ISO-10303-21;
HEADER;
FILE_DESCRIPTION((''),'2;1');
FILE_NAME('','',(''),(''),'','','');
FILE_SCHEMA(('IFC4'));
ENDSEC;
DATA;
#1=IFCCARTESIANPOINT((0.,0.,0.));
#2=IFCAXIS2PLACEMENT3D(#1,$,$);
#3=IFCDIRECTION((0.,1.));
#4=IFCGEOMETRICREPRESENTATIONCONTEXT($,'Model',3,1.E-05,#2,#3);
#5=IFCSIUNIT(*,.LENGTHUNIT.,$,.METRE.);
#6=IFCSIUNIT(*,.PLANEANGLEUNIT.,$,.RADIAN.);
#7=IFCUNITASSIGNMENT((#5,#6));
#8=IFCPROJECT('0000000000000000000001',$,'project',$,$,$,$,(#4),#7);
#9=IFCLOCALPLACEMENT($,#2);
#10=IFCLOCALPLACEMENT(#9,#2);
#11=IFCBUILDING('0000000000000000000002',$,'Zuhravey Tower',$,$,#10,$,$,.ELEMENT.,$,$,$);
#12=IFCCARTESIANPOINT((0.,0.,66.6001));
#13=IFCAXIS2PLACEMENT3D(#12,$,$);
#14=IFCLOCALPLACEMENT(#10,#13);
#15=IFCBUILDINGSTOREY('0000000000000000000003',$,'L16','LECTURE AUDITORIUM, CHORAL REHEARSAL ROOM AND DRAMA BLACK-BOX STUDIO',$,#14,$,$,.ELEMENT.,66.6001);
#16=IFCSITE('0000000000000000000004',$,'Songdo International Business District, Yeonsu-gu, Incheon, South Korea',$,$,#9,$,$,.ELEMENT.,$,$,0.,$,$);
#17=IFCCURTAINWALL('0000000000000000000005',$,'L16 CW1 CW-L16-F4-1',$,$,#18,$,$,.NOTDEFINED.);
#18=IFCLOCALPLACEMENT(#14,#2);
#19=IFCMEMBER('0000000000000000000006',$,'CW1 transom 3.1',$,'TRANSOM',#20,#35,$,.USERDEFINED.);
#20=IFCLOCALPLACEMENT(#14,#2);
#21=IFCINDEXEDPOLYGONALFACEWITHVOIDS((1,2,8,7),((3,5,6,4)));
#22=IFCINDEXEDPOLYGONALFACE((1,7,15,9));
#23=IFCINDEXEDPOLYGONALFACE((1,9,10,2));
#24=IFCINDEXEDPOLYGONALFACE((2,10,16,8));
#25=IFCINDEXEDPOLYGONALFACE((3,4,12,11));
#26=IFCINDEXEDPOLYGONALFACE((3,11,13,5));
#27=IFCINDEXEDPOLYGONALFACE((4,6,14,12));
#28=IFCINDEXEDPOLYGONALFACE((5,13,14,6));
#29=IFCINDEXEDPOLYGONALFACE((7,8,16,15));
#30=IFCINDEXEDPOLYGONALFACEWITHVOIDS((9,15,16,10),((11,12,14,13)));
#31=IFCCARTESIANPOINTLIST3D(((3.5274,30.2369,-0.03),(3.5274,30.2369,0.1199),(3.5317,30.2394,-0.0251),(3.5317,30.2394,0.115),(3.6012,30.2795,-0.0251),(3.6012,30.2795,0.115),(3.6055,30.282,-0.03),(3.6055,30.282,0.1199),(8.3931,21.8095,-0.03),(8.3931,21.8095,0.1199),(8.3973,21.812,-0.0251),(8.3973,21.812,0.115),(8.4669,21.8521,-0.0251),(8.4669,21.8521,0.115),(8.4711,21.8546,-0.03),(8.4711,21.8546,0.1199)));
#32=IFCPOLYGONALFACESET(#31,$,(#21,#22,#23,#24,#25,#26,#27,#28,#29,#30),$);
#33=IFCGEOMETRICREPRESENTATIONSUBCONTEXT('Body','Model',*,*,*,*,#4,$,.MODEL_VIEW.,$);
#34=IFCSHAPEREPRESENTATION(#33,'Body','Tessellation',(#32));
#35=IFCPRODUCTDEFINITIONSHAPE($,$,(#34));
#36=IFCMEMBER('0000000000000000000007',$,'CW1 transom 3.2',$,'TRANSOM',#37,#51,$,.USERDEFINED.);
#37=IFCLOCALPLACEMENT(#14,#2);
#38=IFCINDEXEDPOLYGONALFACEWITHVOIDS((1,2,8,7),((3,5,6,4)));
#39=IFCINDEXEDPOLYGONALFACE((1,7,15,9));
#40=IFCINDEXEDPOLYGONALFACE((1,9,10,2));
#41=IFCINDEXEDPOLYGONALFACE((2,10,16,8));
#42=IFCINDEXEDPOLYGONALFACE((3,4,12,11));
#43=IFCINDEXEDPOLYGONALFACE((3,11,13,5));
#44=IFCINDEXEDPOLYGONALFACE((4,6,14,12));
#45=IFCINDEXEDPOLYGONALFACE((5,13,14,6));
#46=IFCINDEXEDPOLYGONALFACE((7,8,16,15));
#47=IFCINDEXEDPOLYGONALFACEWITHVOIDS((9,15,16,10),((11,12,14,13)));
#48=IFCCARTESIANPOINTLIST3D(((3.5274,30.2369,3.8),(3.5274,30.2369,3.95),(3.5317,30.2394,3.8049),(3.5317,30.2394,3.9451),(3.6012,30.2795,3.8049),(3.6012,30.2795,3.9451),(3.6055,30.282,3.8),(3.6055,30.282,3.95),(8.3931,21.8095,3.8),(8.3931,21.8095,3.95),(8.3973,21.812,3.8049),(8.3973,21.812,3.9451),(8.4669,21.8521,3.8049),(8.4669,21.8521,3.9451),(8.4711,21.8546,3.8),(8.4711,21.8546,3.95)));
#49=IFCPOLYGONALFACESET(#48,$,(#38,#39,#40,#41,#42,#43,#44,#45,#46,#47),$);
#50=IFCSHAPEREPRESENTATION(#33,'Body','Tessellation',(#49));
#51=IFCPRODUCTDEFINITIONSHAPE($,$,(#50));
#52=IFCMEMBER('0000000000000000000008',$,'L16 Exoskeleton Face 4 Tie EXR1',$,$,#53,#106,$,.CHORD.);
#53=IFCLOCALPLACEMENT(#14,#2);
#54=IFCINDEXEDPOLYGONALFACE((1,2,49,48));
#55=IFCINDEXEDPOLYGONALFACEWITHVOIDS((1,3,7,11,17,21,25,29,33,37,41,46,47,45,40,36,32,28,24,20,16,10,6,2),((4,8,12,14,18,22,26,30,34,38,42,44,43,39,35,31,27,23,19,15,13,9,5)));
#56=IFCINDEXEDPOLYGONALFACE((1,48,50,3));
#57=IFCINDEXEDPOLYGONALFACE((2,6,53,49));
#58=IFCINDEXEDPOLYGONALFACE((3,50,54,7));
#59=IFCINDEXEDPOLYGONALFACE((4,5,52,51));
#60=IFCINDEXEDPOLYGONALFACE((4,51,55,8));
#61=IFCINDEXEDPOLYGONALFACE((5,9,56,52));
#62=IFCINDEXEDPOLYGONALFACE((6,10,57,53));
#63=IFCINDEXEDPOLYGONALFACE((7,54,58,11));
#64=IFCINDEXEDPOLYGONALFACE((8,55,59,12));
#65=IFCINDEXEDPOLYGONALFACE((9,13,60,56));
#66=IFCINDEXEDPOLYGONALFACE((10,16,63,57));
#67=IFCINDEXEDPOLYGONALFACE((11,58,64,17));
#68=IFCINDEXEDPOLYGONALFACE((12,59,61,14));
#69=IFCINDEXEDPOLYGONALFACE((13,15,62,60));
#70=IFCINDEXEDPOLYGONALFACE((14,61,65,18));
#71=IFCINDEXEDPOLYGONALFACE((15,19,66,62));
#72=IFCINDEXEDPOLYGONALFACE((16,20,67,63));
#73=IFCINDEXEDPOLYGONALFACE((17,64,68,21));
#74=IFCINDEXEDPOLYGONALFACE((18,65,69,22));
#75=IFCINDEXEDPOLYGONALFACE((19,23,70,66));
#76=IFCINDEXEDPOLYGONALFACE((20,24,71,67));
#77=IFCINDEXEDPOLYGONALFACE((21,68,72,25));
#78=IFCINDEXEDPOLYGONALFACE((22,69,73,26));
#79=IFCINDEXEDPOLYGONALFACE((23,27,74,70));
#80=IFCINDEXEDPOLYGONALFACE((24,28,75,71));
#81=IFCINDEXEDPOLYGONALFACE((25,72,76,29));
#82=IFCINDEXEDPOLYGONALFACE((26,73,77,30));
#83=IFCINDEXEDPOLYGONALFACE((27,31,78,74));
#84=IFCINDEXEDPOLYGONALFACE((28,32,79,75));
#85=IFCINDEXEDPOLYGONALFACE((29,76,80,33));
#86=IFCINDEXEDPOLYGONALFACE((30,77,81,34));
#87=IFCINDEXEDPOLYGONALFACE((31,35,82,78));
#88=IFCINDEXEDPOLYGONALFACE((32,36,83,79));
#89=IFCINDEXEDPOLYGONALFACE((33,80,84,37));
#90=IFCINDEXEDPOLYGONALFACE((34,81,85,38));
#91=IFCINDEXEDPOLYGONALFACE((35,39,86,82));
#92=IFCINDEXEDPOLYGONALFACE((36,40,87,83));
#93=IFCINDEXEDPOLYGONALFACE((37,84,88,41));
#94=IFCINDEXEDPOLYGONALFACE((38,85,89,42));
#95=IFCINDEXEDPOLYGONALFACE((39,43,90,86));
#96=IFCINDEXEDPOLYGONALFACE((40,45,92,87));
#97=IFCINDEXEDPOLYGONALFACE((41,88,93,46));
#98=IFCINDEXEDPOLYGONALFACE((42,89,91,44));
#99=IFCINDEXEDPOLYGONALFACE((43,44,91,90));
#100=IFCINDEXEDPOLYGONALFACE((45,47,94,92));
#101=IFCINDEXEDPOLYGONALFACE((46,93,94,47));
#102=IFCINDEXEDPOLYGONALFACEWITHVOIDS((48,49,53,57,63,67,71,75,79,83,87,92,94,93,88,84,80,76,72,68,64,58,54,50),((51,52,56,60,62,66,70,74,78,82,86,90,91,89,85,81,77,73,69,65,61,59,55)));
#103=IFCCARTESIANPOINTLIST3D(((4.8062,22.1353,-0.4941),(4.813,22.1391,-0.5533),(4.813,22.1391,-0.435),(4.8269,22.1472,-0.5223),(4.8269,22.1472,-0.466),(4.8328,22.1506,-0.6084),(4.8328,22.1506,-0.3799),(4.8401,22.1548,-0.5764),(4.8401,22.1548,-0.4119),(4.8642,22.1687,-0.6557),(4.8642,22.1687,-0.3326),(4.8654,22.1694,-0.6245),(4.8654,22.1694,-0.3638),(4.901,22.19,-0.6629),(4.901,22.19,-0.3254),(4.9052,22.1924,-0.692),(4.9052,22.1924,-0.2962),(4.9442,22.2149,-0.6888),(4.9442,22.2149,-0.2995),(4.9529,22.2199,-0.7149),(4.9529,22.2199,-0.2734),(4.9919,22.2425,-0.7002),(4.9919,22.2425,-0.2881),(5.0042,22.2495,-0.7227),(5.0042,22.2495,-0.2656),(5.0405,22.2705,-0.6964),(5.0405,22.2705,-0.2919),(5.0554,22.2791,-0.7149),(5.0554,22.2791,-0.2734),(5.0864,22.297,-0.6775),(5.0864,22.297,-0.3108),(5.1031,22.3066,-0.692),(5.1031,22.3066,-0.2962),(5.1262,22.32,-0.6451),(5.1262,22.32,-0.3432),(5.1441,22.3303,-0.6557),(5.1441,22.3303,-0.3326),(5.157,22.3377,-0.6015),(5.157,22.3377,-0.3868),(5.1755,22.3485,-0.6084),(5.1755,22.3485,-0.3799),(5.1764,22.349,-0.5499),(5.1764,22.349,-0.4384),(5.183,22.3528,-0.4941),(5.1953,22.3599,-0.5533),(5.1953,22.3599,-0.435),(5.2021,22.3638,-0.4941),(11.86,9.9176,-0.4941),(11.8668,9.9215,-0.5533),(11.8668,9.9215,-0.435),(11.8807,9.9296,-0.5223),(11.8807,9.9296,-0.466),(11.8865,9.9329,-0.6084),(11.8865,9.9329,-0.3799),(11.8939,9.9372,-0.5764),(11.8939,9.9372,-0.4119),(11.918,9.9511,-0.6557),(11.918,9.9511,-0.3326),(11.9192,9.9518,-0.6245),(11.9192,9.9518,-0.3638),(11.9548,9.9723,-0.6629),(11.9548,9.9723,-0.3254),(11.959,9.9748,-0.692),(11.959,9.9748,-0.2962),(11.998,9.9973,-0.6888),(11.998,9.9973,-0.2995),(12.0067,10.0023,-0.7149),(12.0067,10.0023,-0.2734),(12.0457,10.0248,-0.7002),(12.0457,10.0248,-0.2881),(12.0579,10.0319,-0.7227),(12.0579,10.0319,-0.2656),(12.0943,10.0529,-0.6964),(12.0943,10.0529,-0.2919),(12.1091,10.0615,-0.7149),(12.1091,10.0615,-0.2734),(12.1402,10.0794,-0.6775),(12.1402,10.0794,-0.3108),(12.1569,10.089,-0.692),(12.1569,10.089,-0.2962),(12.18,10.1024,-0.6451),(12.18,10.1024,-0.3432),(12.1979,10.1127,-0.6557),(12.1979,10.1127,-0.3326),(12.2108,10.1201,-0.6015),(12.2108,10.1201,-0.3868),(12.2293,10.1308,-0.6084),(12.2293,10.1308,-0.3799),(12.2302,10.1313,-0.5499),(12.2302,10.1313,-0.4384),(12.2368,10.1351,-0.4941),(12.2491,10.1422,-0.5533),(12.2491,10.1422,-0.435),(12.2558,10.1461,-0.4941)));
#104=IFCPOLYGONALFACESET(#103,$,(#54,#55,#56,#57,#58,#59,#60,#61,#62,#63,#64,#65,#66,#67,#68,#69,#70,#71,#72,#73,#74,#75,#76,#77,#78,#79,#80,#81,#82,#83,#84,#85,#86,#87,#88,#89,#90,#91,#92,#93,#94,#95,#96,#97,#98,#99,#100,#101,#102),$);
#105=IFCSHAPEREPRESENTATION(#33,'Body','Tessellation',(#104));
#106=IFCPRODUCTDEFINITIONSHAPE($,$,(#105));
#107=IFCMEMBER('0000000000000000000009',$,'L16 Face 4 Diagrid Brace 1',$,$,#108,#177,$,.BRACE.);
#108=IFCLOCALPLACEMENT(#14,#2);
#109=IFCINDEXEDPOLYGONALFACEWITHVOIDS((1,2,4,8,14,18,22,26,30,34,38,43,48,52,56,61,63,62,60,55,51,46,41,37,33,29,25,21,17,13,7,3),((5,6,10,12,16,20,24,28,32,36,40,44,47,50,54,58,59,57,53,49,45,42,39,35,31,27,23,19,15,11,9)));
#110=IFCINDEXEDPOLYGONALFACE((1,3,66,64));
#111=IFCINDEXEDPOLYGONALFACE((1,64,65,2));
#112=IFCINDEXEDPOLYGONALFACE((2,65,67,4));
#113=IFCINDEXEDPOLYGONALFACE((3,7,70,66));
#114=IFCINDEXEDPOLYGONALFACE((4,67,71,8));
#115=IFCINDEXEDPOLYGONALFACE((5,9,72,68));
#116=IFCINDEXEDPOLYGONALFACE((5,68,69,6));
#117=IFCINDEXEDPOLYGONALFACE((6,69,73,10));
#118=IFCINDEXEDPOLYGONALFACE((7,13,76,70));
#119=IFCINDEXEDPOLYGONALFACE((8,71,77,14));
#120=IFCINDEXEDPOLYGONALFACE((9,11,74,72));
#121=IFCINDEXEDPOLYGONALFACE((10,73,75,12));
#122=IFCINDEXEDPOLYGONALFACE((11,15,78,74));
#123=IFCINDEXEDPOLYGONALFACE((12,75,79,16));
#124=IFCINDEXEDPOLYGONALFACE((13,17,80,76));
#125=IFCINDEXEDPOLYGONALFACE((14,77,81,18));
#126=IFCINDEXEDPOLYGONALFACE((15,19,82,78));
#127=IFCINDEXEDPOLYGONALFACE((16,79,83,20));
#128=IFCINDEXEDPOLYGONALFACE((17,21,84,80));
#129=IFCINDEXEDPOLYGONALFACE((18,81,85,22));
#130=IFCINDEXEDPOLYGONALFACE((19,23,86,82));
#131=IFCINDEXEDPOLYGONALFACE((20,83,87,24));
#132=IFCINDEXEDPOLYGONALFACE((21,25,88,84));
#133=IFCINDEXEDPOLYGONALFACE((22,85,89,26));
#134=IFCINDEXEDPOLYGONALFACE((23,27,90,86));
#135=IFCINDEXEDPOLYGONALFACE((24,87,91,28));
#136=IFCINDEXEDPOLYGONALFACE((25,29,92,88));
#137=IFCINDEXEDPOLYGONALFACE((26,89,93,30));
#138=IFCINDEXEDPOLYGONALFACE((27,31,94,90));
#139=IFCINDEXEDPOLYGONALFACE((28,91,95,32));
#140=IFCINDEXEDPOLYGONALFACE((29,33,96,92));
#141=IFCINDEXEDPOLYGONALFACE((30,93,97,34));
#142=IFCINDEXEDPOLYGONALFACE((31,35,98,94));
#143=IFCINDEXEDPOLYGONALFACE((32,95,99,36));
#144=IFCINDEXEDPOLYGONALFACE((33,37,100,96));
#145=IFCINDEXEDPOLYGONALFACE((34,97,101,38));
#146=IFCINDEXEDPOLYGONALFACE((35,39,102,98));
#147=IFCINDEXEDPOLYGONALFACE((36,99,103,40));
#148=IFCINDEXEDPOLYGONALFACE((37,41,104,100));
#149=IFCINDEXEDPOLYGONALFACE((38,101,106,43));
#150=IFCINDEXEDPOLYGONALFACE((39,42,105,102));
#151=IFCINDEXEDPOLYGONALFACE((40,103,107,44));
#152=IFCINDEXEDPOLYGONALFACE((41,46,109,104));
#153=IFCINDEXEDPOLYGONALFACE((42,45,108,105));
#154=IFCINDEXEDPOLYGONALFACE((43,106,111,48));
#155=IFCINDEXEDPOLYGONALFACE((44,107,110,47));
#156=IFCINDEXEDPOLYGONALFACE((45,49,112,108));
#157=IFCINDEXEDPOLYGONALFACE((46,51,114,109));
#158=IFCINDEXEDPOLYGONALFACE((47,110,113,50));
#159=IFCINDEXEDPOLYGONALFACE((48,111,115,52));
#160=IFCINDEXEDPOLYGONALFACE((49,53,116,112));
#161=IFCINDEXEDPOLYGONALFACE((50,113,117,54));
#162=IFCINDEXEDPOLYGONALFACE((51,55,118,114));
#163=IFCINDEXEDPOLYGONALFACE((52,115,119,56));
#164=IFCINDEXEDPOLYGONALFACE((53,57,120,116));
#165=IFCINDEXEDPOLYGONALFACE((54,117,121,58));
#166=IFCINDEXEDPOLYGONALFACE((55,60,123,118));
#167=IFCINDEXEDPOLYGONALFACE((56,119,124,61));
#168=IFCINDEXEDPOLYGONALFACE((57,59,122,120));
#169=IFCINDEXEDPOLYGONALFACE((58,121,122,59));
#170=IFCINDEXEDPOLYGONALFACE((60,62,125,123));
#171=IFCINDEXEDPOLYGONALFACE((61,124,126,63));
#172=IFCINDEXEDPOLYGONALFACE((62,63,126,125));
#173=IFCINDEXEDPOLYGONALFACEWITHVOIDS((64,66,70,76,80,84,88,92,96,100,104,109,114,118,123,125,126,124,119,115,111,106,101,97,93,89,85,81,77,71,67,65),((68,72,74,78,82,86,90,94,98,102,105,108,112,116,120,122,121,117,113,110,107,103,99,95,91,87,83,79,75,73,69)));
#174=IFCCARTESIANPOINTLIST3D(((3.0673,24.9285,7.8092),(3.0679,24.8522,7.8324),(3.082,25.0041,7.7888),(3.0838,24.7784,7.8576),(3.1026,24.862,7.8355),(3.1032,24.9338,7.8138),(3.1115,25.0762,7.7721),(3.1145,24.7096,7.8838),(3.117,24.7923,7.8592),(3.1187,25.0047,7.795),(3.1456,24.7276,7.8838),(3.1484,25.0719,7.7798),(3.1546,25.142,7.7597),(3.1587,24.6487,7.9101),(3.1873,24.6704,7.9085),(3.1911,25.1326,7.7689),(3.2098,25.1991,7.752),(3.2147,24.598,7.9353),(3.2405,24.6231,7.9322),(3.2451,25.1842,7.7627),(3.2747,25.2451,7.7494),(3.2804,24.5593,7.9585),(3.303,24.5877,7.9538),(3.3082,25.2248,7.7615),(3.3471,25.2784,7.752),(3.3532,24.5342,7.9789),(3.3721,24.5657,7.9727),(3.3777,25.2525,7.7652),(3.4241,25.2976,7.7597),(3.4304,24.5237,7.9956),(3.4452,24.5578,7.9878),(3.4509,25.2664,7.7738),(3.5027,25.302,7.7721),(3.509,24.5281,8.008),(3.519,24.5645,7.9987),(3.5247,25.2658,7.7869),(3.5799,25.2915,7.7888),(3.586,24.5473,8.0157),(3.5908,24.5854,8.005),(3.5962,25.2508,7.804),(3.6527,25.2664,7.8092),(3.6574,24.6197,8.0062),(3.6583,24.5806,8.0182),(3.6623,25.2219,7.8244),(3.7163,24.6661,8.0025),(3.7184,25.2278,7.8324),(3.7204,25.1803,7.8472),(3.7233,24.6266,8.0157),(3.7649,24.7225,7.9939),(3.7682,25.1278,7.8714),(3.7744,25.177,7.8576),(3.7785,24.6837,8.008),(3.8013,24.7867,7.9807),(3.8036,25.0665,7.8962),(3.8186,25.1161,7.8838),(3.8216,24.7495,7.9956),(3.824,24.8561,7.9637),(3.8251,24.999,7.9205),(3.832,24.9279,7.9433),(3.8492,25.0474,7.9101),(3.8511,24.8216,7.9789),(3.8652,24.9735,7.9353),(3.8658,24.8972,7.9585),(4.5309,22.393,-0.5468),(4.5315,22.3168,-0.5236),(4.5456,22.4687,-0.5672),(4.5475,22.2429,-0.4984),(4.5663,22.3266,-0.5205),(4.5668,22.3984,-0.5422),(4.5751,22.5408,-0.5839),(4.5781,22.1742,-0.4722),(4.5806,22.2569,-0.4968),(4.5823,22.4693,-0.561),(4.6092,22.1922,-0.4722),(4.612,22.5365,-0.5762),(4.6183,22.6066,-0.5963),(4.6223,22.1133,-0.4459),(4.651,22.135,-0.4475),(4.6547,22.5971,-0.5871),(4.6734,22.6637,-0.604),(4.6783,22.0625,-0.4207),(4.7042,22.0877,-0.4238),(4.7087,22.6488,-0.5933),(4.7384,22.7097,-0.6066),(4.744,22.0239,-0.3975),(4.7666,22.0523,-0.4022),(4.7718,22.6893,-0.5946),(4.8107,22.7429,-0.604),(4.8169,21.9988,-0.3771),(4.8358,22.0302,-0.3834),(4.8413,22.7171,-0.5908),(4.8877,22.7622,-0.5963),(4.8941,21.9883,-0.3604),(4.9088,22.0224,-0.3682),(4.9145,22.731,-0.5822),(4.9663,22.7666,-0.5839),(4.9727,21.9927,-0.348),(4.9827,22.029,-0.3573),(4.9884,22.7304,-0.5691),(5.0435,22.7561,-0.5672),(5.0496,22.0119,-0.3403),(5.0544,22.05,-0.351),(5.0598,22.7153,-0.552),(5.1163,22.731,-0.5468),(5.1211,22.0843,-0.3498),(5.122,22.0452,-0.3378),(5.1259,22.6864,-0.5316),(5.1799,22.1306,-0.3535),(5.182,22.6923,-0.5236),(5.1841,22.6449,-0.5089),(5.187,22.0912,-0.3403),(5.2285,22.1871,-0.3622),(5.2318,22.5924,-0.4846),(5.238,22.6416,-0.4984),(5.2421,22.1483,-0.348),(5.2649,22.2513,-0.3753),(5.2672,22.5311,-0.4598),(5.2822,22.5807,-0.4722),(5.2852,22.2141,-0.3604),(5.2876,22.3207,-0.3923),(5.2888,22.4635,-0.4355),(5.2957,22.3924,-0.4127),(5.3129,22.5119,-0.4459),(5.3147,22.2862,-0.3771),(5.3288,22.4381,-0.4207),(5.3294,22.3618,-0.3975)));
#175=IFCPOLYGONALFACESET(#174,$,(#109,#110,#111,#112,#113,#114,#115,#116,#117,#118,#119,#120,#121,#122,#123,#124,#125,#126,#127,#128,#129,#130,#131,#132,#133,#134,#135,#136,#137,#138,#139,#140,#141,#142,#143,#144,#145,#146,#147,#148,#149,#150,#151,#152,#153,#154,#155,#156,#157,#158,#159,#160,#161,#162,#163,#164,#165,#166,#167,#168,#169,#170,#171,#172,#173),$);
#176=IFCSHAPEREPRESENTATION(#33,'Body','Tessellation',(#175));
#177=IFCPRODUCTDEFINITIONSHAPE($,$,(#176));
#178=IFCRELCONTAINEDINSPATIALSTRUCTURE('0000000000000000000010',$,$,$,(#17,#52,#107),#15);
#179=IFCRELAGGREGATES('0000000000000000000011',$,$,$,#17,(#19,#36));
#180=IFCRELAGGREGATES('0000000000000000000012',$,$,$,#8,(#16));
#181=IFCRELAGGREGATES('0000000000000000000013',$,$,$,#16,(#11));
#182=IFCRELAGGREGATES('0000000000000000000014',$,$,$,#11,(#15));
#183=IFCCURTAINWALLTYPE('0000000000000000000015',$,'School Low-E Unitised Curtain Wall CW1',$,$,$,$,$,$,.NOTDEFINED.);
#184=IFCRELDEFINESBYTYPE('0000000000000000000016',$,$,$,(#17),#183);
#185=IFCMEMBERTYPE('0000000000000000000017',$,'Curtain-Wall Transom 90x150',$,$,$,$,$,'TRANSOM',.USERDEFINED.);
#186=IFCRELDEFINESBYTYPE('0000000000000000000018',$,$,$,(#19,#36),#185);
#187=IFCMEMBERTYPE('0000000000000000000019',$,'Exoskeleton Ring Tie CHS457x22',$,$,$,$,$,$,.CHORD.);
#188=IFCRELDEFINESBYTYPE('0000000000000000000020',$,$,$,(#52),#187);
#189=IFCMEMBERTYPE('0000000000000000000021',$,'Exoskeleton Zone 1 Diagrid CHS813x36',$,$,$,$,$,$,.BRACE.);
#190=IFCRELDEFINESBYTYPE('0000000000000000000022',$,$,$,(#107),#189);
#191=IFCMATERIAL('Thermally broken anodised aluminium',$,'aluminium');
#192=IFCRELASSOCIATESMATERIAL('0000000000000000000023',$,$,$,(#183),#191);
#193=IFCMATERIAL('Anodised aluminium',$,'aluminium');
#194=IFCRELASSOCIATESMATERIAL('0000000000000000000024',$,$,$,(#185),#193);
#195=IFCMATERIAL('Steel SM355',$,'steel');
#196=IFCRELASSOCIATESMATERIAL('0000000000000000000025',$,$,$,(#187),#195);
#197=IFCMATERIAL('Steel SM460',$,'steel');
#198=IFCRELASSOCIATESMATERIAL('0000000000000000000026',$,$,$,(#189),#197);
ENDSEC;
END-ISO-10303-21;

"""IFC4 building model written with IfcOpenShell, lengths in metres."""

from ifc_helpers import new_model, si_unit, direction, frame, origin, origin_2d, place, context, subcontext, project, spatial, hollow_rectangle, hollow_circle, extrude, material, material_profile, profile_set, type_object, element, aggregate, save


model = new_model("IFC4")

# Units and contexts
model_context = context("Model", 3, precision=1e-05, world=origin(), true_north=direction((0.0, 1.0)))
body_context = subcontext(model_context, "Body", "Model", "MODEL_VIEW")
ifc_project = project(units=[si_unit("LENGTHUNIT", "METRE"), si_unit("PLANEANGLEUNIT", "RADIAN")], contexts=[model_context])

# Site, building, storey
site_placement = place(None, origin())
site = spatial("IfcSite", under=ifc_project, at=site_placement, Name="Songdo International Business District, Yeonsu-gu, Incheon, South Korea", CompositionType="ELEMENT", RefElevation=0.0)
building_placement = place(site_placement, origin())
building = spatial("IfcBuilding", under=site, at=building_placement, Name="Zuhravey Tower", CompositionType="ELEMENT")
storey_placement = place(building_placement, frame((0.0, 0.0, 66.6001)))
storey = spatial("IfcBuildingStorey", under=building, at=storey_placement, Name="L16", Description="LECTURE AUDITORIUM, CHORAL REHEARSAL ROOM AND DRAMA BLACK-BOX STUDIO", CompositionType="ELEMENT", Elevation=66.6001)

# Shared definitions
ifc_material_1 = material(Name="Thermally broken anodised aluminium", Category="aluminium")
curtain_wall_type = type_object("IfcCurtainWallType", Name="School Low-E Unitised Curtain Wall CW1", PredefinedType="NOTDEFINED", material=ifc_material_1)
ifc_material_2 = material(Name="Anodised aluminium", Category="aluminium")

# Curtain wall, members
curtain_wall_1_placement = place(storey_placement, origin())
curtain_wall_1 = element("IfcCurtainWall", 1, at=curtain_wall_1_placement, inside=storey, type_object=curtain_wall_type, Name="L16 CW1 CW-L16-F4-1", PredefinedType="NOTDEFINED")
ifc_material_profile_1 = material_profile(ifc_material_2, hollow_rectangle(XDim=0.0901, YDim=0.1499, WallThickness=0.0049, at=origin_2d()), Name="ALU-RHS-90x150x5")
ifc_profile_set_1 = profile_set([ifc_material_profile_1], Name="Anodised aluminium")
member_type_1 = type_object("IfcMemberType", Name="Curtain-Wall Transom 90x150", ElementType="TRANSOM", PredefinedType="USERDEFINED", material=ifc_profile_set_1)
member_1_placement = place(storey_placement, frame((8.4321, 21.832, 0.0449), z_axis=(-0.500008, 0.866021, 0.0), x_axis=(-0.866021, -0.500008, 0.0)))
member_1 = element("IfcMember", 2, at=member_1_placement, type_object=member_type_1, Name="CW1 transom 3.1", ObjectType="TRANSOM", PredefinedType="USERDEFINED", context=body_context, shape_type="SweptSolid", body=[
    extrude(hollow_rectangle(XDim=0.0901, YDim=0.1499, WallThickness=0.0049, at=origin_2d()), origin(), (0.0, 0.0, 1.0), 9.7312),
])
member_2_placement = place(storey_placement, frame((8.4321, 21.832, 3.875), z_axis=(-0.500008, 0.866021, 0.0), x_axis=(-0.866021, -0.500008, 0.0)))
member_2 = element("IfcMember", 3, at=member_2_placement, type_object=member_type_1, Name="CW1 transom 3.2", ObjectType="TRANSOM", PredefinedType="USERDEFINED", context=body_context, shape_type="SweptSolid", body=[
    extrude(hollow_rectangle(XDim=0.0901, YDim=0.1499, WallThickness=0.0049, at=origin_2d()), origin(), (0.0, 0.0, 1.0), 9.7312),
])

# Members
ifc_material_3 = material(Name="Steel SM355", Category="steel")
ifc_material_profile_2 = material_profile(ifc_material_3, hollow_circle(Radius=0.2285, WallThickness=0.022, at=origin_2d()), Name="CHS-457.2x22")
ifc_profile_set_2 = profile_set([ifc_material_profile_2], Name="Steel SM355")
member_type_2 = type_object("IfcMemberType", Name="Exoskeleton Ring Tie CHS457x22", PredefinedType="CHORD", material=ifc_profile_set_2)
member_3_placement = place(storey_placement, frame((5.0042, 22.2495, -0.4941), z_axis=(0.499996, -0.866028, 0.0), x_axis=(0.866028, 0.499996, 0.0)))
element("IfcMember", 4, at=member_3_placement, inside=storey, type_object=member_type_2, Name="L16 Exoskeleton Face 4 Tie EXR1", PredefinedType="CHORD", context=body_context, shape_type="SweptSolid", body=[
    extrude(hollow_circle(Radius=0.2285, WallThickness=0.022, at=origin_2d()), origin(), (0.0, 0.0, 1.0), 14.1077),
])
ifc_material_4 = material(Name="Steel SM460", Category="steel")
ifc_material_profile_3 = material_profile(ifc_material_4, hollow_circle(Radius=0.4065, WallThickness=0.0359, at=origin_2d()), Name="CHS-812.8x36")
ifc_profile_set_3 = profile_set([ifc_material_profile_3], Name="Steel SM460")
member_type_3 = type_object("IfcMemberType", Name="Exoskeleton Zone 1 Diagrid CHS813x36", PredefinedType="BRACE", material=ifc_profile_set_3)
member_4_placement = place(storey_placement, frame((4.9302, 22.3774, -0.4722), z_axis=(-0.165307, 0.286358, 0.943755), x_axis=(-0.866054, -0.499951, 0.0)))
element("IfcMember", 5, at=member_4_placement, inside=storey, type_object=member_type_3, Name="L16 Face 4 Diagrid Brace 1", PredefinedType="BRACE", context=body_context, shape_type="SweptSolid", body=[
    extrude(hollow_circle(Radius=0.4065, WallThickness=0.0359, at=origin_2d()), origin(), (0.0, 0.0, 1.0), 8.854),
])

aggregate(curtain_wall_1, [member_1, member_2])

save(model, "model.ifc")
